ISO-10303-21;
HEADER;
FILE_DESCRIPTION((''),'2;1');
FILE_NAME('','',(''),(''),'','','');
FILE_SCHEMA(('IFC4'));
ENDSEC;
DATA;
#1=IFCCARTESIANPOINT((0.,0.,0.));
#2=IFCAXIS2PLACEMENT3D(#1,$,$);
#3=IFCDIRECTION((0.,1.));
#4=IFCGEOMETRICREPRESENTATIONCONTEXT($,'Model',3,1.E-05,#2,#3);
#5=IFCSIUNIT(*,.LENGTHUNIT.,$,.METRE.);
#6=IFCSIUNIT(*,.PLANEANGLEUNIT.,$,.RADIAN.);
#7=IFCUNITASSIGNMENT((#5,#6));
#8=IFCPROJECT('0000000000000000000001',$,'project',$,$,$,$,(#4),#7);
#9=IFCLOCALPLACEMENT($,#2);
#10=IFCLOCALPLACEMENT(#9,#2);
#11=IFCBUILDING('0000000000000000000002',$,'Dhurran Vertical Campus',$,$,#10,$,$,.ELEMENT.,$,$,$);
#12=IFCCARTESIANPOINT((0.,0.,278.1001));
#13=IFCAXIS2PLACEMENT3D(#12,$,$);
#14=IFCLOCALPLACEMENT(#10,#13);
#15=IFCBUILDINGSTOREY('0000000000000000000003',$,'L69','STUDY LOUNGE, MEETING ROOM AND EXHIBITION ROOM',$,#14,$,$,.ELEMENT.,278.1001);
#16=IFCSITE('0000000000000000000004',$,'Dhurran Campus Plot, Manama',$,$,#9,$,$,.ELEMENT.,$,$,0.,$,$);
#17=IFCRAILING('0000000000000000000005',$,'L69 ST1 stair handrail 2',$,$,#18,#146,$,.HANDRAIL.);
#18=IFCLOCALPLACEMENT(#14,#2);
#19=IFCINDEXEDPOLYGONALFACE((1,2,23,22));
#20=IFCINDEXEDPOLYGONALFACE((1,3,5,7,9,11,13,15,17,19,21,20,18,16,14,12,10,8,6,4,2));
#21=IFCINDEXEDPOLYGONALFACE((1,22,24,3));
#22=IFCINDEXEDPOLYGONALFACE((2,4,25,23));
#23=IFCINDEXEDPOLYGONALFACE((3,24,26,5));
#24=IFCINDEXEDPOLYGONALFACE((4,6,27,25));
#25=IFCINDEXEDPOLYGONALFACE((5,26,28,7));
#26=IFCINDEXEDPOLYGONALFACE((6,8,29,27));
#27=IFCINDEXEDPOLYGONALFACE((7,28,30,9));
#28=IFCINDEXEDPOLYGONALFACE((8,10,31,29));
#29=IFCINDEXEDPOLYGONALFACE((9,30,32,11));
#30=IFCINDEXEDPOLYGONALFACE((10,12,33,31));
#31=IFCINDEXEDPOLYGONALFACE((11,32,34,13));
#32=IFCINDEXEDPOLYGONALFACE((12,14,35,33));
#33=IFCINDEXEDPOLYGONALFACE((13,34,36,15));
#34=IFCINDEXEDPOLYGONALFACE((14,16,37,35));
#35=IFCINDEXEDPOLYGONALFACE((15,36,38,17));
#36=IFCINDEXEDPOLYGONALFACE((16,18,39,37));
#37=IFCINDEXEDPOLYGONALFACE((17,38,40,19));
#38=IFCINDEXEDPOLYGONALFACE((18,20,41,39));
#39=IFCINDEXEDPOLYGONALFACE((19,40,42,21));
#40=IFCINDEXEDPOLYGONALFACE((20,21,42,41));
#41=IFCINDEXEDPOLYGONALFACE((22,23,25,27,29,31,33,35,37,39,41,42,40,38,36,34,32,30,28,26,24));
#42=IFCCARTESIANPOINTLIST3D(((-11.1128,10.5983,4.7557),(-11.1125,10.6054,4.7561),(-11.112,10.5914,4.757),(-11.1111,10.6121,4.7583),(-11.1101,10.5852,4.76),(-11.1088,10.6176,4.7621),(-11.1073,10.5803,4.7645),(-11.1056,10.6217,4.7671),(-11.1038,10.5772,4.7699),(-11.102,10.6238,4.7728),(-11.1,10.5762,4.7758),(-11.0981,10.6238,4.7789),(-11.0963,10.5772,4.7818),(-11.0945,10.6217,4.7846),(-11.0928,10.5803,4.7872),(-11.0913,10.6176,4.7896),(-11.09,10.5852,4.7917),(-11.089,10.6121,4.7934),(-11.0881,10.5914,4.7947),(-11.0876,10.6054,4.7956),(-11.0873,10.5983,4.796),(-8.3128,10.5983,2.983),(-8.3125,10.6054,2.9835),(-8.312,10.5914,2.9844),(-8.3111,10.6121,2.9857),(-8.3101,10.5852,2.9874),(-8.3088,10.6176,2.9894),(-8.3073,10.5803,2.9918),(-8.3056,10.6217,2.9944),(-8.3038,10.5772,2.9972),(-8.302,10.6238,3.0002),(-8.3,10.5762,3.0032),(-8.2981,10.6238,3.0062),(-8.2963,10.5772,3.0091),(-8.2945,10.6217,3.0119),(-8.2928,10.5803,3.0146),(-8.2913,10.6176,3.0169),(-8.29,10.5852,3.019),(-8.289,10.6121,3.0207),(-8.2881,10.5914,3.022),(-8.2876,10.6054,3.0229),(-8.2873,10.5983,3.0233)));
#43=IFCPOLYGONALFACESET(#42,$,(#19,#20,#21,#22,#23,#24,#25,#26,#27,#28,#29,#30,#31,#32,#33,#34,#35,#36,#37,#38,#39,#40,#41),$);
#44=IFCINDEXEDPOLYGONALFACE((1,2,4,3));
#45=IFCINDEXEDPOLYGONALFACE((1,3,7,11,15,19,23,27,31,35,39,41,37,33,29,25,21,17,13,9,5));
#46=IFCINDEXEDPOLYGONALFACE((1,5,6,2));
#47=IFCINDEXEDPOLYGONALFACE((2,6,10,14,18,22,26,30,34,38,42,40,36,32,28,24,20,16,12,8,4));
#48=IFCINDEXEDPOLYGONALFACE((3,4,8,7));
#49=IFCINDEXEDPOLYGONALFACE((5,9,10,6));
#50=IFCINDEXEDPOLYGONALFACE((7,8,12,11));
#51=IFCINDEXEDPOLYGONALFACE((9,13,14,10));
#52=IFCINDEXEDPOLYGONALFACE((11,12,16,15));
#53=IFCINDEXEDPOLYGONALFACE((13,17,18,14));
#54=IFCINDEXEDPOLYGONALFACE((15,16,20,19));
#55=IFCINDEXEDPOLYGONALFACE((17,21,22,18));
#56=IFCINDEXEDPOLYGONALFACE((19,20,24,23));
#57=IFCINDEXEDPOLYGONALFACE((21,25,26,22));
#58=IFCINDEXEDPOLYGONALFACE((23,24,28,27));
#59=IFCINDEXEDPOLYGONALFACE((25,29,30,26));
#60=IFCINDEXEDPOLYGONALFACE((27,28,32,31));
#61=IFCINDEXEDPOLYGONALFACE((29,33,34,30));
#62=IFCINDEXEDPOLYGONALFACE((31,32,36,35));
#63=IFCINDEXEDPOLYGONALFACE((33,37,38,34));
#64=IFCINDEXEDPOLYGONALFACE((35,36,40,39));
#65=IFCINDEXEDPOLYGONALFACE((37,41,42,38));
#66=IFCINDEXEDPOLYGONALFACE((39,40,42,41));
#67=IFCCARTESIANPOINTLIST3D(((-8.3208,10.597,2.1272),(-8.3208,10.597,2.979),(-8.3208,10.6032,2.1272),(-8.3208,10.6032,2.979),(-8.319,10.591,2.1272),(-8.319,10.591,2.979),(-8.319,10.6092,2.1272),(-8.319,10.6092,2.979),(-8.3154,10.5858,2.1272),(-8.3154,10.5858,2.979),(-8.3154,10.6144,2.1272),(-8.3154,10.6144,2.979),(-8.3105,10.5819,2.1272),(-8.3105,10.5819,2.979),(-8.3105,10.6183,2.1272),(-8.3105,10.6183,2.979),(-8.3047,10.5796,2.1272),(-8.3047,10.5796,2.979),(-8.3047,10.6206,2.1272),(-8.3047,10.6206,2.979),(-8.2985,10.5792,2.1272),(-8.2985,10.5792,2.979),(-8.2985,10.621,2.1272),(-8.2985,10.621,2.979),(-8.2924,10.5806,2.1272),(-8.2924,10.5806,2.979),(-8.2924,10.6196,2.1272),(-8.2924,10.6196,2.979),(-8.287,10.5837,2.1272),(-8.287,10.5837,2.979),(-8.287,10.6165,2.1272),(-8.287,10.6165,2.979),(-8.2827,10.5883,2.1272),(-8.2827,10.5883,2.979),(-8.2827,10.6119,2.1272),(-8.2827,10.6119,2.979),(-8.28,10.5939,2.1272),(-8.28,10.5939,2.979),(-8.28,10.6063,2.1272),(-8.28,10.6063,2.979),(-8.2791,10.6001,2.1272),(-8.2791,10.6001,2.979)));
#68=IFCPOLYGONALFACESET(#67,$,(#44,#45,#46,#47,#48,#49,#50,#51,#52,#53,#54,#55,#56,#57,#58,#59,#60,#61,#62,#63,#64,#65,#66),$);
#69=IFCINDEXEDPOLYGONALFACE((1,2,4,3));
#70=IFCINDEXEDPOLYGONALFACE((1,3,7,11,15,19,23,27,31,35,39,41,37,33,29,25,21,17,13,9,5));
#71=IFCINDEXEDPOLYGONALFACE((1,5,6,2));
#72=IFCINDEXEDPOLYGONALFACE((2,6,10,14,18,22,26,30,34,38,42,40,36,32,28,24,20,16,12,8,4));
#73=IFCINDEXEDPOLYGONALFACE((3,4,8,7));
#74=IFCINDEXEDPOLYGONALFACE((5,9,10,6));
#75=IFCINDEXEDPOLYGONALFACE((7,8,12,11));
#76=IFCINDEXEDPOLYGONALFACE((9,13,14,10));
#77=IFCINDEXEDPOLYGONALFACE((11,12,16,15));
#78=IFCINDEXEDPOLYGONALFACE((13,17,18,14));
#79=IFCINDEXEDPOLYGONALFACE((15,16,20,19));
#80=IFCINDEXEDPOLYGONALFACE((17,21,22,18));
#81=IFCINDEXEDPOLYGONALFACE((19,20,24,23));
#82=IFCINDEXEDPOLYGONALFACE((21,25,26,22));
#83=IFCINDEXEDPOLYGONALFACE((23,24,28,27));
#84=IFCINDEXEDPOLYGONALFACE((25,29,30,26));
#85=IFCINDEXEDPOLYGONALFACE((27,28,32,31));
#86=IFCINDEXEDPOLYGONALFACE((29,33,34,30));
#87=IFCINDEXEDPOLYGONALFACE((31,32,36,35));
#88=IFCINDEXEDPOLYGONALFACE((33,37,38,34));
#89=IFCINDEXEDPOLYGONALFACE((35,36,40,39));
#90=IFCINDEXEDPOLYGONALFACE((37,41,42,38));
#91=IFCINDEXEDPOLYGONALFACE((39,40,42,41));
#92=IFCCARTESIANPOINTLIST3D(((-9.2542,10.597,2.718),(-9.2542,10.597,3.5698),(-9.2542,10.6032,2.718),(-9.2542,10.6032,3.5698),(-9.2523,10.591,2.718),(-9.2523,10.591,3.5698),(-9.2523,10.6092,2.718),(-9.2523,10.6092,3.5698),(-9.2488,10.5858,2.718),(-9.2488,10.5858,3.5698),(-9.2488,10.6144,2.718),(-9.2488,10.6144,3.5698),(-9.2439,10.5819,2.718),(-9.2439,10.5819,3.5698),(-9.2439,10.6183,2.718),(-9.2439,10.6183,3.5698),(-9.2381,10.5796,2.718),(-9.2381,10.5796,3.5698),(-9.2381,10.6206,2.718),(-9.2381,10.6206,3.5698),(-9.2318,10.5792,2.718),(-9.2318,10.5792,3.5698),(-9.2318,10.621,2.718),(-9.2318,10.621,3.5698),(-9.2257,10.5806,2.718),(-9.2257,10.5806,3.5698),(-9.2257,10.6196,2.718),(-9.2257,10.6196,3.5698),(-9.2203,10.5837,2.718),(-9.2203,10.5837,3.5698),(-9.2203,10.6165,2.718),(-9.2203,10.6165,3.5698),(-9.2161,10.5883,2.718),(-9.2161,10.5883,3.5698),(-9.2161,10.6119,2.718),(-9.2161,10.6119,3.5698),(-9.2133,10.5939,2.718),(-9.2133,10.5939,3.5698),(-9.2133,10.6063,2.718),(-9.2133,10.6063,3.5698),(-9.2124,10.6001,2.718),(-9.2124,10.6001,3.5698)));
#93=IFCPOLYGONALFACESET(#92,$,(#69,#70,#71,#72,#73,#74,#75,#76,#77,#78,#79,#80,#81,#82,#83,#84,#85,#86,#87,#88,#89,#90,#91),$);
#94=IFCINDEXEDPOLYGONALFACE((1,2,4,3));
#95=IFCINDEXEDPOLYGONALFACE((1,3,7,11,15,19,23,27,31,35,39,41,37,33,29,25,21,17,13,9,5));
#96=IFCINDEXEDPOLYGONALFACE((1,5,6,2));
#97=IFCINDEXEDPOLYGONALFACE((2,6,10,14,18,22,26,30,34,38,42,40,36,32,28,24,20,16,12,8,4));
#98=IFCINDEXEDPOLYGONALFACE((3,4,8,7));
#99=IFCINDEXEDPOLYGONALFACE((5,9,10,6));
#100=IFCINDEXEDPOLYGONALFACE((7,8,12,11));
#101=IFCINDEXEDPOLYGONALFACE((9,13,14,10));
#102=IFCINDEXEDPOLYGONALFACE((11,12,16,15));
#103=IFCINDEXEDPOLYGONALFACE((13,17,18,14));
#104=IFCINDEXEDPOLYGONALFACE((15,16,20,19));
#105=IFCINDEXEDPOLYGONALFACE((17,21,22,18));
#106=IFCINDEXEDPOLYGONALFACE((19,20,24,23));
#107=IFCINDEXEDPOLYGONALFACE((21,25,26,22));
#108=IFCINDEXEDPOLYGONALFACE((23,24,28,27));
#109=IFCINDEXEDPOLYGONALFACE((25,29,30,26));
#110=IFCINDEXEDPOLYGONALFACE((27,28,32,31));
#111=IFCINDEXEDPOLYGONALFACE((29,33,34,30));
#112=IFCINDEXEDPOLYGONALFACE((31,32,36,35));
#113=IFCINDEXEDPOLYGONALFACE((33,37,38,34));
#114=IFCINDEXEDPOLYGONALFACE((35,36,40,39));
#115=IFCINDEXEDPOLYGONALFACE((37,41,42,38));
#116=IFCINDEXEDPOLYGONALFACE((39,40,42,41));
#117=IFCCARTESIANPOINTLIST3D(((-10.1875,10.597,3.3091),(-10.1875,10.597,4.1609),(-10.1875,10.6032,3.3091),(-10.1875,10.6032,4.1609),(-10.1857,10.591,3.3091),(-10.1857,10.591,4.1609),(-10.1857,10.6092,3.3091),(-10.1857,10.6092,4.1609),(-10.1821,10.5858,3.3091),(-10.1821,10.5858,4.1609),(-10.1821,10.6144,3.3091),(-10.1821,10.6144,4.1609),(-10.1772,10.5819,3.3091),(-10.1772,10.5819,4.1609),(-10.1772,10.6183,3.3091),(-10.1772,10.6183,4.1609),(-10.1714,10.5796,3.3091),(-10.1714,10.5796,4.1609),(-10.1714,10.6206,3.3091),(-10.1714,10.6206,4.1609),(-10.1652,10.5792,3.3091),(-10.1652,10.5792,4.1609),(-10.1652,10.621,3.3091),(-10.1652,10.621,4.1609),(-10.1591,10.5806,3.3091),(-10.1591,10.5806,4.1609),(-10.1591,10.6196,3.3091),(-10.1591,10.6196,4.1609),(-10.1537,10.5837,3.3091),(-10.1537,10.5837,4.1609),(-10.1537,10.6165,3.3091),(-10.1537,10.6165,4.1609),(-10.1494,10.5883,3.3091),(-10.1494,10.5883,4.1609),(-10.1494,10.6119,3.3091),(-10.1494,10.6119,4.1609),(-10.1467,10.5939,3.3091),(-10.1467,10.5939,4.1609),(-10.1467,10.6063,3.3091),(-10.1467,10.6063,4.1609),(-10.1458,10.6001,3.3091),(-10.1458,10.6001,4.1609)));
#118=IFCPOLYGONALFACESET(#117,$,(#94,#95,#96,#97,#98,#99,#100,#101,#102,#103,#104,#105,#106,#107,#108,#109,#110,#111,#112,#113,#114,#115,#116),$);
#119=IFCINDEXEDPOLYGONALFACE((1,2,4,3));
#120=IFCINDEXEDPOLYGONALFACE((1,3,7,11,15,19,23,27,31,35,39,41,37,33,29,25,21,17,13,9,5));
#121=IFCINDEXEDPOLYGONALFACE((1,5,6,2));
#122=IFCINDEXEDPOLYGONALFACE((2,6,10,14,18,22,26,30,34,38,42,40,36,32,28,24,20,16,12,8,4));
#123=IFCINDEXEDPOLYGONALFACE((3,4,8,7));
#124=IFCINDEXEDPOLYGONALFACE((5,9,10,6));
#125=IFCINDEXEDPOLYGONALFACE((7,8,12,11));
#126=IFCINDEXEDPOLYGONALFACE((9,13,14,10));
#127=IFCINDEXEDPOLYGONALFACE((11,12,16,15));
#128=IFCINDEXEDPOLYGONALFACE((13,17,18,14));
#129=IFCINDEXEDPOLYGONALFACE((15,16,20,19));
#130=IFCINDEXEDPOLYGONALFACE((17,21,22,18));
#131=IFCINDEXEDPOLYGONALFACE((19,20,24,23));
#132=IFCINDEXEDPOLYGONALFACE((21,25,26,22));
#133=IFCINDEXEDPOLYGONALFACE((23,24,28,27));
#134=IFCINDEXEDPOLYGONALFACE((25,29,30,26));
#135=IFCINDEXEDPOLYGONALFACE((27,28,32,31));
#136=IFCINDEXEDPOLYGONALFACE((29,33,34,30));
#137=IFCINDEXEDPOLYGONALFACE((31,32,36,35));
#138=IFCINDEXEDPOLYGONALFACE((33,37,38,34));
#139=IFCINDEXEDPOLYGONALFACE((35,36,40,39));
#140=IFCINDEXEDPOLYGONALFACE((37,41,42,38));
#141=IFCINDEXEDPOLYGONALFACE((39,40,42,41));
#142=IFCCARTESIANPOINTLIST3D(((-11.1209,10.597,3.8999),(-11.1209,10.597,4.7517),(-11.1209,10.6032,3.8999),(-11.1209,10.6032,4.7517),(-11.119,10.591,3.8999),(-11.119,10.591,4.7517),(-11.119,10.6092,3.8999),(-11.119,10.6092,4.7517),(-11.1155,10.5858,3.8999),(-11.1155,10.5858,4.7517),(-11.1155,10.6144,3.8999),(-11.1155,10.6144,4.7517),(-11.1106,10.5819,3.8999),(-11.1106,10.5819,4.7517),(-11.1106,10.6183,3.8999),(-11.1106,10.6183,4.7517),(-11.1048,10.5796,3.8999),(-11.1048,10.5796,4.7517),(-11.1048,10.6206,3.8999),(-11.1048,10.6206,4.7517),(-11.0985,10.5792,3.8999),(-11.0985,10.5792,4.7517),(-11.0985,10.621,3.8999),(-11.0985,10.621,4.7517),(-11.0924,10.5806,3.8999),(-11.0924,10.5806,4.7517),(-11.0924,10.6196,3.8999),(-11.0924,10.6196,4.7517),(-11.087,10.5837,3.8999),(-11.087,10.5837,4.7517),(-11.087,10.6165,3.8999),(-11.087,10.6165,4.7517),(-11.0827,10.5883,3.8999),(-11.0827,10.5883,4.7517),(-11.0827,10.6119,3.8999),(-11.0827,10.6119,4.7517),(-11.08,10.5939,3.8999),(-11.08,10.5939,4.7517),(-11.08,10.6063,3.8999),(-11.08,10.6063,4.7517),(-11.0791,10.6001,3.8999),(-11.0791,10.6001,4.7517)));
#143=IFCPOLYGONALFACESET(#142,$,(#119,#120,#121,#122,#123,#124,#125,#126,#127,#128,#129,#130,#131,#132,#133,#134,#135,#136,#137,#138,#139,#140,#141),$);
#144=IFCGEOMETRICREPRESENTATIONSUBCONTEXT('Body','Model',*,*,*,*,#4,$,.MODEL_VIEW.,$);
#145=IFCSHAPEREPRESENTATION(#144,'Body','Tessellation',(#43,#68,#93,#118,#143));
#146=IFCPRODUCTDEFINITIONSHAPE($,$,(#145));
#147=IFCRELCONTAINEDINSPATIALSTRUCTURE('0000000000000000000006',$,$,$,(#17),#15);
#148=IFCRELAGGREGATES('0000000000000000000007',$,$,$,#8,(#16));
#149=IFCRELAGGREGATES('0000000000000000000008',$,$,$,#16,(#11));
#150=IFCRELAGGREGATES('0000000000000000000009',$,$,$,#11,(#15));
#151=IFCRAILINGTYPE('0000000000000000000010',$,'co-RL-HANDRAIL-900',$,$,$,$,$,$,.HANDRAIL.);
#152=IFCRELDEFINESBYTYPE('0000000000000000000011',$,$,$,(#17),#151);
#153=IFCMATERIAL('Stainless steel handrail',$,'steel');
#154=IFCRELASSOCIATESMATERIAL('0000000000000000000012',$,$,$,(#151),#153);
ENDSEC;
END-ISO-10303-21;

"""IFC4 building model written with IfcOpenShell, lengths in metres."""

from ifc_helpers import new_model, si_unit, direction, frame, origin, origin_2d, place, context, subcontext, project, spatial, circle, extrude, material, type_object, element, save


model = new_model("IFC4")

# Units and contexts
model_context = context("Model", 3, precision=1e-05, world=origin(), true_north=direction((0.0, 1.0)))
body_context = subcontext(model_context, "Body", "Model", "MODEL_VIEW")
ifc_project = project(units=[si_unit("LENGTHUNIT", "METRE"), si_unit("PLANEANGLEUNIT", "RADIAN")], contexts=[model_context])

# Site, building, storey
site_placement = place(None, origin())
site = spatial("IfcSite", under=ifc_project, at=site_placement, Name="Dhurran Campus Plot, Manama", CompositionType="ELEMENT", RefElevation=0.0)
building_placement = place(site_placement, origin())
building = spatial("IfcBuilding", under=site, at=building_placement, Name="Dhurran Vertical Campus", CompositionType="ELEMENT")
storey_placement = place(building_placement, frame((0.0, 0.0, 278.1001)))
storey = spatial("IfcBuildingStorey", under=building, at=storey_placement, Name="L69", Description="STUDY LOUNGE, MEETING ROOM AND EXHIBITION ROOM", CompositionType="ELEMENT", Elevation=278.1001)

# Railing
ifc_material_1 = material(Name="Stainless steel handrail", Category="steel")
railing_type_1 = type_object("IfcRailingType", Name="co-RL-HANDRAIL-900", PredefinedType="HANDRAIL", material=ifc_material_1)
railing_1_placement = place(storey_placement, frame((-8.3, 10.6001, 2.1272)))
element("IfcRailing", 1, at=railing_1_placement, inside=storey, type_object=railing_type_1, Name="L69 ST1 stair handrail 2", PredefinedType="HANDRAIL", context=body_context, shape_type="SweptSolid", body=[
    extrude(circle(Radius=0.0239, at=origin_2d()), frame((0.0, 0.0, 0.876), z_axis=(-0.844909, 0.0, 0.53491), x_axis=(0.0, -1.0, 0.0)), (0.0, 0.0, 1.0), 3.314),
    extrude(circle(Radius=0.021, at=origin_2d()), origin(), (0.0, 0.0, 1.0), 0.8518),
    extrude(circle(Radius=0.021, at=origin_2d()), frame((-0.9333, 0.0, 0.5908)), (0.0, 0.0, 1.0), 0.8518),
    extrude(circle(Radius=0.021, at=origin_2d()), frame((-1.8667, 0.0, 1.1819)), (0.0, 0.0, 1.0), 0.8518),
    extrude(circle(Radius=0.021, at=origin_2d()), frame((-2.8, 0.0, 1.7727)), (0.0, 0.0, 1.0), 0.8518),
])

save(model, "model.ifc")
